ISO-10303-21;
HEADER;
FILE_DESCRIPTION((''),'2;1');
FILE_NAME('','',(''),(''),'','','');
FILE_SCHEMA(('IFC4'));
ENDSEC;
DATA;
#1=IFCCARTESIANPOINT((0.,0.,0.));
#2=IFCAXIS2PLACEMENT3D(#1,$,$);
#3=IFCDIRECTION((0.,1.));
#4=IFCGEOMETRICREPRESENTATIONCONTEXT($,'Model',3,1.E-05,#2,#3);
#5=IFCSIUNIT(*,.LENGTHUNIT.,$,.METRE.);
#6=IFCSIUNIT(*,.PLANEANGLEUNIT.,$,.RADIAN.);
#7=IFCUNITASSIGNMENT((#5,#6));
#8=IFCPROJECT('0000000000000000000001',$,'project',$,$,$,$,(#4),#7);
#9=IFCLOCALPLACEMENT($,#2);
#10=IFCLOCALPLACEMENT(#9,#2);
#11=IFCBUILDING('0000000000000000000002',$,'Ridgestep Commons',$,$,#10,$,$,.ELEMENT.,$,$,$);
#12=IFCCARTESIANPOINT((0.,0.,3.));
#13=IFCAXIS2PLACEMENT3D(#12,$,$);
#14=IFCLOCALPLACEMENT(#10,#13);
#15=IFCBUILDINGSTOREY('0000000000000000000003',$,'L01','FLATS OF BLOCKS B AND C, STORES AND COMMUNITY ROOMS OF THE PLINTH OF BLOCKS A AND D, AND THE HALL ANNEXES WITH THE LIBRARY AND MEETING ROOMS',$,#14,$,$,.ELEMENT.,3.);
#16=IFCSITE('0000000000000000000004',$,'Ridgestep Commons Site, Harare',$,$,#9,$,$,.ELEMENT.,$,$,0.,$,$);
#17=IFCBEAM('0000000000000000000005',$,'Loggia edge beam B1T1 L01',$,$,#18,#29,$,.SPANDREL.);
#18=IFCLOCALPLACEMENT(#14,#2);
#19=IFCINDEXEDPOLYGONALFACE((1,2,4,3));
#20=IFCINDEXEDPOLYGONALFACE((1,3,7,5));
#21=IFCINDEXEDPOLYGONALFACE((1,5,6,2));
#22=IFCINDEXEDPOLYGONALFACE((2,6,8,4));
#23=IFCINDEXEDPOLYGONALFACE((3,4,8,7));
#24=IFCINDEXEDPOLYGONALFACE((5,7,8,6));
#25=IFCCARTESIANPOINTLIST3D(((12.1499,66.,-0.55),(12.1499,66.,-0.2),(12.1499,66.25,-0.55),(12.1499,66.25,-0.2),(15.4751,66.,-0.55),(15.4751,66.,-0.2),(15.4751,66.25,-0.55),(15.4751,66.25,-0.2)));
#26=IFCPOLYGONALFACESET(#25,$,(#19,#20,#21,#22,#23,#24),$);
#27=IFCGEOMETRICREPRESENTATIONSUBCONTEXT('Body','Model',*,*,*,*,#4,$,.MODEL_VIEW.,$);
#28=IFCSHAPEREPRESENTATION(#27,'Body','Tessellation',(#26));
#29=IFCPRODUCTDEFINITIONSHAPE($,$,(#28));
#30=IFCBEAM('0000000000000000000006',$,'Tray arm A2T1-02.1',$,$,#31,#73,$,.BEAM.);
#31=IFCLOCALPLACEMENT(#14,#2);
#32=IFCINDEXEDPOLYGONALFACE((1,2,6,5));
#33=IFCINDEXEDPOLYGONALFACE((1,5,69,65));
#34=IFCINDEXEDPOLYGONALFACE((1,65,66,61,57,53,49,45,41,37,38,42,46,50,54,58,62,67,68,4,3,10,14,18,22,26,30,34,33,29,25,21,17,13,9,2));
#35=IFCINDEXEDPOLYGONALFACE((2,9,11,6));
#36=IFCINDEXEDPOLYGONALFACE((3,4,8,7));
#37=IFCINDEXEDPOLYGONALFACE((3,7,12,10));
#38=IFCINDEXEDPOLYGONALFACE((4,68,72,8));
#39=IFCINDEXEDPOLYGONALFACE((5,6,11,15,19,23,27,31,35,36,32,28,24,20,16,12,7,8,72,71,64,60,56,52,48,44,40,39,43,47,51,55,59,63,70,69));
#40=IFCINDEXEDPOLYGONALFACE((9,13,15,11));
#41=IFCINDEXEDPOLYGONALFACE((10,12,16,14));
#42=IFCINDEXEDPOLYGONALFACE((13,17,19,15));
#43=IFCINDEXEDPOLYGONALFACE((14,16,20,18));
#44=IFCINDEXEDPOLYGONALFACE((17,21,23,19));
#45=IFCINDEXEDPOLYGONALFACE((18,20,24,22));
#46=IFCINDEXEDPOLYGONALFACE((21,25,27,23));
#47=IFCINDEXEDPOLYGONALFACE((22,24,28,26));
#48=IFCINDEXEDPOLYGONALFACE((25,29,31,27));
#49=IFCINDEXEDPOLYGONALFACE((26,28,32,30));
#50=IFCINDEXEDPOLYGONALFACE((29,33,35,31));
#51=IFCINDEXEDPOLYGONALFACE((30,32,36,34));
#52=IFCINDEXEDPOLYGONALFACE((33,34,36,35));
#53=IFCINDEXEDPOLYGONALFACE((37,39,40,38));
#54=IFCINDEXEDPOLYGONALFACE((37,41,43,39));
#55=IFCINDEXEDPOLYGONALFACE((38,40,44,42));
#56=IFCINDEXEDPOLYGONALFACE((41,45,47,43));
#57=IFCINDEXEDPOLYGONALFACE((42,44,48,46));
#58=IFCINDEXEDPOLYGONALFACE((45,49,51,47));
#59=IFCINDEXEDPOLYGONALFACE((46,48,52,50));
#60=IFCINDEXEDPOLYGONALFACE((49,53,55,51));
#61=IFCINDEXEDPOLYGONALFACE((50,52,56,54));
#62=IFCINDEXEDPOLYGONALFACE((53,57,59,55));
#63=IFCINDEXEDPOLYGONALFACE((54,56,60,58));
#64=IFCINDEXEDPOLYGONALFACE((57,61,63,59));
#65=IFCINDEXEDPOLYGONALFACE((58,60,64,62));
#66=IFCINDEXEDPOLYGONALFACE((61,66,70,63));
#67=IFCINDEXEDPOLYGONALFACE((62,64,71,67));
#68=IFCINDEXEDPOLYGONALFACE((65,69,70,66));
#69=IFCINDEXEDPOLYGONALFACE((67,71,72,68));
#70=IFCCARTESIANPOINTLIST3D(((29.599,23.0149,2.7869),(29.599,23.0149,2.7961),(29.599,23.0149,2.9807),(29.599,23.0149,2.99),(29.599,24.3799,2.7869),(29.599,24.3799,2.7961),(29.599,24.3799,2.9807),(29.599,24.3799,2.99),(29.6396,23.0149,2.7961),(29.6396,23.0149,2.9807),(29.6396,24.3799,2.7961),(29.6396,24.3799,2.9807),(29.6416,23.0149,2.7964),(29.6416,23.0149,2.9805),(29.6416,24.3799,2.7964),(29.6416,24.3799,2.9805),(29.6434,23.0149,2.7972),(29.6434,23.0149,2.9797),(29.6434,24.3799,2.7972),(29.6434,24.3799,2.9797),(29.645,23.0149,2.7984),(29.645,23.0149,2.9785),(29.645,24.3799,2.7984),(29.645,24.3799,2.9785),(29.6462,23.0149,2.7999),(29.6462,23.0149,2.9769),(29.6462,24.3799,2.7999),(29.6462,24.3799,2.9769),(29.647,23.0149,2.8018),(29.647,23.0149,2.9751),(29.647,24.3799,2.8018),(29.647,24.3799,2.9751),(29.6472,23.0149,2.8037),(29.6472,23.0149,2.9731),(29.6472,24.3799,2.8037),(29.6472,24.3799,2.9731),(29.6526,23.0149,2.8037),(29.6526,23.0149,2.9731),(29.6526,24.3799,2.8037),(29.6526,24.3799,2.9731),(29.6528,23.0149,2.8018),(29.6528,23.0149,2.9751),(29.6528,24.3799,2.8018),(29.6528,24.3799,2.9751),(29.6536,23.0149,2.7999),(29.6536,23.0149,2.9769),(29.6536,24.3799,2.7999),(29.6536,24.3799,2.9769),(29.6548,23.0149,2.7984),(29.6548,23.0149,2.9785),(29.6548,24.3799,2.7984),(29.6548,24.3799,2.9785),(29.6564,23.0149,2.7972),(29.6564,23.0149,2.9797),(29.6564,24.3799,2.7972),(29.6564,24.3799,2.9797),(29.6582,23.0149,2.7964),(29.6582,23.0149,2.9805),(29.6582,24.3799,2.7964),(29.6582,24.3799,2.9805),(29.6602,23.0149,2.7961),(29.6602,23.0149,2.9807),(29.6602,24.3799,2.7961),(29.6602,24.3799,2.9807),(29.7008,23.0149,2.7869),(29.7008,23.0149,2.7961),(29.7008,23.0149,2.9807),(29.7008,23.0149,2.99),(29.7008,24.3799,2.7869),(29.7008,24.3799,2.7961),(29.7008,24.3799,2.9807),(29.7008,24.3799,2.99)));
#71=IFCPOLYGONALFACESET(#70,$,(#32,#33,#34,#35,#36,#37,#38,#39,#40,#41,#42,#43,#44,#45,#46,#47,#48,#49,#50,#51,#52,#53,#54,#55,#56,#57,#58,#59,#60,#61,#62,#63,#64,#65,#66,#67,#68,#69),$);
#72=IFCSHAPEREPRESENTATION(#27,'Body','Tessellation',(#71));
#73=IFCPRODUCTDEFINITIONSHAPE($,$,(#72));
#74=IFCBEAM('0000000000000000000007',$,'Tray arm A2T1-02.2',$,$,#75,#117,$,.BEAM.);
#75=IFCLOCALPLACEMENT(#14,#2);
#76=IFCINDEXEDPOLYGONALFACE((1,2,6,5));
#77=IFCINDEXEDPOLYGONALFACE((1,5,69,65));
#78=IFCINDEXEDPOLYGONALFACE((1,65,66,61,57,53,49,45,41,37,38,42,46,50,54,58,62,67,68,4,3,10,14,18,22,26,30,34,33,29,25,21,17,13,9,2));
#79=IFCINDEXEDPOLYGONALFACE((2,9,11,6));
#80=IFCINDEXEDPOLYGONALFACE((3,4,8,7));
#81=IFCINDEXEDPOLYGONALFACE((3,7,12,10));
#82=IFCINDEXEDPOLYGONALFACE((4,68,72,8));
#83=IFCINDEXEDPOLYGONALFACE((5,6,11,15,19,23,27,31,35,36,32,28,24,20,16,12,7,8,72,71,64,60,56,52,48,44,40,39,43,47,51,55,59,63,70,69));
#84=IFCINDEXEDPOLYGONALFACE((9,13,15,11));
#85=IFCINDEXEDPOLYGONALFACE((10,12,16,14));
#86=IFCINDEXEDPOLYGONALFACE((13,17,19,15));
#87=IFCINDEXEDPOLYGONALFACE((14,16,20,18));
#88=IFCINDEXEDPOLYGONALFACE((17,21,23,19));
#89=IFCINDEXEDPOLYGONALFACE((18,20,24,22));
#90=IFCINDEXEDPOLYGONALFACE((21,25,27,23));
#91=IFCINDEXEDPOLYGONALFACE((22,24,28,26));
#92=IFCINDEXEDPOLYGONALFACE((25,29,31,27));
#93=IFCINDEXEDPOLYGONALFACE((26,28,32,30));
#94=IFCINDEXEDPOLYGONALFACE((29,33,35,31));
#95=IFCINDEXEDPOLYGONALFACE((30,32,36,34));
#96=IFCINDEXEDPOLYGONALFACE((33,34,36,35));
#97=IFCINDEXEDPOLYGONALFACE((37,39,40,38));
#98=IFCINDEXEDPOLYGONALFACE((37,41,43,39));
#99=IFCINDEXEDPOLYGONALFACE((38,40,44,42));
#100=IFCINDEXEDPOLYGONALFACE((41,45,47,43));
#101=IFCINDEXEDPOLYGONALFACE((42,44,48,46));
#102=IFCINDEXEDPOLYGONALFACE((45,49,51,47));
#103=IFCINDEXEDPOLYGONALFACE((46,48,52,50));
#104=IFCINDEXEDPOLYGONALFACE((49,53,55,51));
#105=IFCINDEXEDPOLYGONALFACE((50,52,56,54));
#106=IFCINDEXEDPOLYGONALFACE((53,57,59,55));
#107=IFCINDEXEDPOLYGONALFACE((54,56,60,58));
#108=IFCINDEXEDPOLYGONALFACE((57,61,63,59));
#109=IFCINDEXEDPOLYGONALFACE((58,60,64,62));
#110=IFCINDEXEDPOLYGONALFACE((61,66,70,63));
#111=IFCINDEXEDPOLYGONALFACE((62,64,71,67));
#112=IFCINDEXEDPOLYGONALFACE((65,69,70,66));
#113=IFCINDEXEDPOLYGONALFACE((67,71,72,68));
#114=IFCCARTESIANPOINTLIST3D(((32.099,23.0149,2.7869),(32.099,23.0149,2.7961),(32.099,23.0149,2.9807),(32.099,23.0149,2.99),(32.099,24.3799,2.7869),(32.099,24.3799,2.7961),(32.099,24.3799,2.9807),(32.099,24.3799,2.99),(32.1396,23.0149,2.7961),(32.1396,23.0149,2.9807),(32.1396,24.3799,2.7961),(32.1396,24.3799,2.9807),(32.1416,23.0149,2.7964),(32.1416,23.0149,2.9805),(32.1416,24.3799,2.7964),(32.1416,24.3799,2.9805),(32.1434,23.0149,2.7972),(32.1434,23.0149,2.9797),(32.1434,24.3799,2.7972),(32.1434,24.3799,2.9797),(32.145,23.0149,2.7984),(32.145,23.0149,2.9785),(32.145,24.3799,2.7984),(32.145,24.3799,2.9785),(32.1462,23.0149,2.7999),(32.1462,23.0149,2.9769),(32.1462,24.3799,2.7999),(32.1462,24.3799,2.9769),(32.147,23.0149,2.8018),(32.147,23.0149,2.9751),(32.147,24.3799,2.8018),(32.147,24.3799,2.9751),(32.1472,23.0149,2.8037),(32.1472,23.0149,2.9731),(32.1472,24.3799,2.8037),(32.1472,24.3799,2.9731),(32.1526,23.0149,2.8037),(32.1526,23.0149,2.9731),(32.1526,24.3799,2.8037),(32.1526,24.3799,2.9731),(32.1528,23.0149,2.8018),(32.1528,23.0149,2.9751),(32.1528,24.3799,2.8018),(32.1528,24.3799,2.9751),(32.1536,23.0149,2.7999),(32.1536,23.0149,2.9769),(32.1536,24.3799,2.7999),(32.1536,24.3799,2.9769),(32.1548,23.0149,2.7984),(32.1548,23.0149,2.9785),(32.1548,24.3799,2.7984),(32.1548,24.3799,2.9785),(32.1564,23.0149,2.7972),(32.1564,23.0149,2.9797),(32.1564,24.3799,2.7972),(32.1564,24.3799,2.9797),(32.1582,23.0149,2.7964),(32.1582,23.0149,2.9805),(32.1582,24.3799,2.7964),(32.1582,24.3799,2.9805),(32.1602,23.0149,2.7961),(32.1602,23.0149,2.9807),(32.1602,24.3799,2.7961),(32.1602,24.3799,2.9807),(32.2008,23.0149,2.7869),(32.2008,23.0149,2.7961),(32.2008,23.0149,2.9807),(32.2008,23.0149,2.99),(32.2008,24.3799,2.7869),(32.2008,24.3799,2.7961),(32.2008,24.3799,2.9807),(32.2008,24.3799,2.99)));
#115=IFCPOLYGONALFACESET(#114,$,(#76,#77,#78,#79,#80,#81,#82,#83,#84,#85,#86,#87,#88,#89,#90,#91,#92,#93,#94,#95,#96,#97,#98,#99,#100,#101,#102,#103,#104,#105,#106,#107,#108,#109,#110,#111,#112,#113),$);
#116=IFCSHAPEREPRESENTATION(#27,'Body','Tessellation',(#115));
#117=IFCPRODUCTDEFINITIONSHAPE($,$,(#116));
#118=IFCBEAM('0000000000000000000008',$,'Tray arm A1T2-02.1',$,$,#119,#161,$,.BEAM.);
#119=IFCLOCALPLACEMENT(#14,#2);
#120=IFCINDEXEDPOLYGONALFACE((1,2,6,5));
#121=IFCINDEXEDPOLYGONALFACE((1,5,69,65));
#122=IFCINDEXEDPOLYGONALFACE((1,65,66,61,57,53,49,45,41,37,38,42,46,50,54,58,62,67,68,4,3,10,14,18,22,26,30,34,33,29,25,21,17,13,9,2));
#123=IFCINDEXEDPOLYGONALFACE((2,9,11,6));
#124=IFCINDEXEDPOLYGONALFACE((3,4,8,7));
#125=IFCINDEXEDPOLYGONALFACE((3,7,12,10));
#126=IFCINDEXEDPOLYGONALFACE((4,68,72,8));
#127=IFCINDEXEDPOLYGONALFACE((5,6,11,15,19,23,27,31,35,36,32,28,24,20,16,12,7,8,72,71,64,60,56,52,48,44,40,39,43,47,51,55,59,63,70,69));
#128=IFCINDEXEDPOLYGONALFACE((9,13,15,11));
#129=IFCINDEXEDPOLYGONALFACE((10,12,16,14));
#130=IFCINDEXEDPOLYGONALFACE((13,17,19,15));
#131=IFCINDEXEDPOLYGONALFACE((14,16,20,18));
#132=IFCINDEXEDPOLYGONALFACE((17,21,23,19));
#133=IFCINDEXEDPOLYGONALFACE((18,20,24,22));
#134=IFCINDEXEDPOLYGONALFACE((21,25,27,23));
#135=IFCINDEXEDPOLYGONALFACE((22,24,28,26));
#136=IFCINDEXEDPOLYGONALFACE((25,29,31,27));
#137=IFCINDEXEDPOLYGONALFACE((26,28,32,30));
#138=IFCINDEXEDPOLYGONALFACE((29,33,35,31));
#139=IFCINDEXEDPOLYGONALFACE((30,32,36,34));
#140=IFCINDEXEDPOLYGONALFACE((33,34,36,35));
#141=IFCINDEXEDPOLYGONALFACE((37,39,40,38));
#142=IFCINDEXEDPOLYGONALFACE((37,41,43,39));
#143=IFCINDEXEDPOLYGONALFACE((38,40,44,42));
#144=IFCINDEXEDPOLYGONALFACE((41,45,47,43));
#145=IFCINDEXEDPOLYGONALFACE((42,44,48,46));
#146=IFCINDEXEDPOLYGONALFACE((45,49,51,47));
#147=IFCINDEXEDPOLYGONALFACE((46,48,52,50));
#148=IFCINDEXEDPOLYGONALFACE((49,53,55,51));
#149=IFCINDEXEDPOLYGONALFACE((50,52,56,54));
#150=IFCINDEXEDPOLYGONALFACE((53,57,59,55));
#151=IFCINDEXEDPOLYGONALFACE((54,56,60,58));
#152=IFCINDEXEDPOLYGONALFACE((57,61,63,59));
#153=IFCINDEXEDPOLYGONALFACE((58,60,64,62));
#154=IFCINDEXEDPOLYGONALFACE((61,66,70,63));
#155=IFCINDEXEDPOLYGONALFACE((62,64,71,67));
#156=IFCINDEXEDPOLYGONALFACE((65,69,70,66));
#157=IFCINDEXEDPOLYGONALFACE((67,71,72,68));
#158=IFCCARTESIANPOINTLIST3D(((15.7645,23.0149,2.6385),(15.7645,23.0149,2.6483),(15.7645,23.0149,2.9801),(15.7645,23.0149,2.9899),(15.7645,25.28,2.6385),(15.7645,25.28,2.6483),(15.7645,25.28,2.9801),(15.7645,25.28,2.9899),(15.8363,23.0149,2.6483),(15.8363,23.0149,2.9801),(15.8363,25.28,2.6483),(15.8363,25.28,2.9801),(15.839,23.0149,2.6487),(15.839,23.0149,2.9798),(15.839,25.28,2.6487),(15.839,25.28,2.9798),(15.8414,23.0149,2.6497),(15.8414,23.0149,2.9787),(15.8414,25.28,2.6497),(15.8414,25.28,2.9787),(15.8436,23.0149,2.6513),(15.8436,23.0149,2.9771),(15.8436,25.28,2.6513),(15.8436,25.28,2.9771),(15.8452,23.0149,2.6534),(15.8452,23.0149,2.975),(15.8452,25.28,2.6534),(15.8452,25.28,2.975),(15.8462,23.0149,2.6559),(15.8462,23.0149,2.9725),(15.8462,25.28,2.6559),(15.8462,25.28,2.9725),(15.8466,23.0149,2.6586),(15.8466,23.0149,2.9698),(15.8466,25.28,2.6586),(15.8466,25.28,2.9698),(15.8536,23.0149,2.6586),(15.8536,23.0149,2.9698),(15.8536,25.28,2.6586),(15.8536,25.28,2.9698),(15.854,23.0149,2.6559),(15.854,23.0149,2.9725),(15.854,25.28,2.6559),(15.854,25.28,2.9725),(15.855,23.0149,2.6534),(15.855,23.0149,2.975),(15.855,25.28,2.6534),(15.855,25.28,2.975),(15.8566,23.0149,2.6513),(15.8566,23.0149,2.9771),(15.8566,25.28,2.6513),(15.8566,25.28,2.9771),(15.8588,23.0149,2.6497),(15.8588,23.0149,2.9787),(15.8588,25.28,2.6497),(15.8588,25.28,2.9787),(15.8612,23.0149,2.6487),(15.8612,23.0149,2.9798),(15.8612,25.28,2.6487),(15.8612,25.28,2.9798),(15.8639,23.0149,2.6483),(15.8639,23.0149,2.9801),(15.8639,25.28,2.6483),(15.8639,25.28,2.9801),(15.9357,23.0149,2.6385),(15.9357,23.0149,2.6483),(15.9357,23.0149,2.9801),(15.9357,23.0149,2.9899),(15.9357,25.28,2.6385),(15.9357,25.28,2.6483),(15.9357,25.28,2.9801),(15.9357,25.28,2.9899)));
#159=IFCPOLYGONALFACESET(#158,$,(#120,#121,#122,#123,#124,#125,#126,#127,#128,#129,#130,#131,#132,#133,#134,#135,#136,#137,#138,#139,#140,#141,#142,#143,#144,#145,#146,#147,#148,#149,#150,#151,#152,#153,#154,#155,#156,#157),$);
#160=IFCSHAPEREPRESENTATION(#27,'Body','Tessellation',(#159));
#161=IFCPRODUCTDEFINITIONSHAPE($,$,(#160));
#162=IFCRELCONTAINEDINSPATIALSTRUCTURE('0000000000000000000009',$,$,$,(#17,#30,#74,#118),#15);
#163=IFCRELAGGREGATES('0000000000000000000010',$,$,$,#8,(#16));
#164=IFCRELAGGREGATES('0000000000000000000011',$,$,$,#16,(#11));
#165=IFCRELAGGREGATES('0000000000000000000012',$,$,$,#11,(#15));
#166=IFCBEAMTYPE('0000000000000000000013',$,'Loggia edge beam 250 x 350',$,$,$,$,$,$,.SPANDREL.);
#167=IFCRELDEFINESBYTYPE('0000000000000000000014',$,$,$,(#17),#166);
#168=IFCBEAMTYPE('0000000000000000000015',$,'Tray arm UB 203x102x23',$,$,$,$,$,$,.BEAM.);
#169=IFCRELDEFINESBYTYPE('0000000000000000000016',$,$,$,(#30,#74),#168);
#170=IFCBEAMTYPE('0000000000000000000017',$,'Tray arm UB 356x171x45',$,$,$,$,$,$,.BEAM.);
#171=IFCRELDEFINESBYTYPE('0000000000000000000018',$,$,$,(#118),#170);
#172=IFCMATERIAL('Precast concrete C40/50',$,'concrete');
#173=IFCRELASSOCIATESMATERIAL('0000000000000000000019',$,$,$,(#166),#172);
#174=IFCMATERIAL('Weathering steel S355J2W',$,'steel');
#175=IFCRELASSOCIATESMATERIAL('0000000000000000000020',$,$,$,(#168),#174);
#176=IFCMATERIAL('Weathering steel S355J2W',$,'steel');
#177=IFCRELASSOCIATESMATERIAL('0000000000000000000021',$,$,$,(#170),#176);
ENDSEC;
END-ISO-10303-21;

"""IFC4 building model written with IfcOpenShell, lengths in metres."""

from ifc_helpers import new_model, si_unit, direction, frame, origin, origin_2d, place, context, subcontext, project, spatial, rectangle, i_section, extrude, material, material_profile, profile_set, type_object, element, save


model = new_model("IFC4")

# Units and contexts
model_context = context("Model", 3, precision=1e-05, world=origin(), true_north=direction((0.0, 1.0)))
body_context = subcontext(model_context, "Body", "Model", "MODEL_VIEW")
ifc_project = project(units=[si_unit("LENGTHUNIT", "METRE"), si_unit("PLANEANGLEUNIT", "RADIAN")], contexts=[model_context])

# Site, building, storey
site_placement = place(None, origin())
site = spatial("IfcSite", under=ifc_project, at=site_placement, Name="Ridgestep Commons Site, Harare", CompositionType="ELEMENT", RefElevation=0.0)
building_placement = place(site_placement, origin())
building = spatial("IfcBuilding", under=site, at=building_placement, Name="Ridgestep Commons", CompositionType="ELEMENT")
storey_placement = place(building_placement, frame((0.0, 0.0, 3.0)))
storey = spatial("IfcBuildingStorey", under=building, at=storey_placement, Name="L01", Description="FLATS OF BLOCKS B AND C, STORES AND COMMUNITY ROOMS OF THE PLINTH OF BLOCKS A AND D, AND THE HALL ANNEXES WITH THE LIBRARY AND MEETING ROOMS", CompositionType="ELEMENT", Elevation=3.0)

# Beams
ifc_material_1 = material(Name="Precast concrete C40/50", Category="concrete")
ifc_material_profile_1 = material_profile(ifc_material_1, rectangle(XDim=0.25, YDim=0.3501, at=origin_2d()), Name="PC 250x350")
ifc_profile_set_1 = profile_set([ifc_material_profile_1], Name="Precast concrete C40/50")
beam_type_1 = type_object("IfcBeamType", Name="Loggia edge beam 250 x 350", PredefinedType="SPANDREL", material=ifc_profile_set_1)
beam_placement = place(storey_placement, frame((12.1499, 66.125, -0.375), z_axis=(1.0, 0.0, 0.0), x_axis=(0.0, 1.0, 0.0)))
element("IfcBeam", 1, at=beam_placement, inside=storey, type_object=beam_type_1, Name="Loggia edge beam B1T1 L01", PredefinedType="SPANDREL", context=body_context, shape_type="SweptSolid", body=[
    extrude(rectangle(XDim=0.25, YDim=0.3501, at=origin_2d()), origin(), (0.0, 0.0, 1.0), 3.3252),
])
ifc_material_2 = material(Name="Weathering steel S355J2W", Category="steel")
ifc_material_profile_2 = material_profile(ifc_material_2, i_section(OverallWidth=0.1018, OverallDepth=0.2031, WebThickness=0.0054, FlangeThickness=0.0093, FilletRadius=0.0076, at=origin_2d()), Name="UB 203x102x23")
ifc_profile_set_2 = profile_set([ifc_material_profile_2], Name="Weathering steel S355J2W")
beam_type_2 = type_object("IfcBeamType", Name="Tray arm UB 203x102x23", PredefinedType="BEAM", material=ifc_profile_set_2)
for number, where, z_axis, x_axis, name in (
    (2, (29.6499, 23.0149, 2.8884), (0.0, 1.0, 0.0), (-1.0, 0.0, 0.0), "Tray arm A2T1-02.1"),
    (3, (32.1499, 23.0149, 2.8884), (0.0, 1.0, 0.0), (-1.0, 0.0, 0.0), "Tray arm A2T1-02.2"),
):
    element("IfcBeam", number, at=place(storey_placement, frame(where, z_axis=z_axis, x_axis=x_axis)), inside=storey, type_object=beam_type_2, Name=name, PredefinedType="BEAM", context=body_context, shape_type="SweptSolid", body=[
        extrude(i_section(OverallWidth=0.1018, OverallDepth=0.2031, WebThickness=0.0054, FlangeThickness=0.0093, FilletRadius=0.0076, at=origin_2d()), origin(), (0.0, 0.0, 1.0), 1.365),
    ])
ifc_material_3 = material(Name="Weathering steel S355J2W", Category="steel")
ifc_material_profile_3 = material_profile(ifc_material_3, i_section(OverallWidth=0.1711, OverallDepth=0.3513, WebThickness=0.0071, FlangeThickness=0.0098, FilletRadius=0.0103, at=origin_2d()), Name="UB 356x171x45")
ifc_profile_set_3 = profile_set([ifc_material_profile_3], Name="Weathering steel S355J2W")
beam_type_3 = type_object("IfcBeamType", Name="Tray arm UB 356x171x45", PredefinedType="BEAM", material=ifc_profile_set_3)
for number, where, z_axis, x_axis, name in (
    (4, (15.8501, 23.0149, 2.8142), (0.0, 1.0, 0.0), (-1.0, 0.0, 0.0), "Tray arm A1T2-02.1"),
):
    element("IfcBeam", number, at=place(storey_placement, frame(where, z_axis=z_axis, x_axis=x_axis)), inside=storey, type_object=beam_type_3, Name=name, PredefinedType="BEAM", context=body_context, shape_type="SweptSolid", body=[
        extrude(i_section(OverallWidth=0.1711, OverallDepth=0.3513, WebThickness=0.0071, FlangeThickness=0.0098, FilletRadius=0.0103, at=origin_2d()), origin(), (0.0, 0.0, 1.0), 2.2651),
    ])

save(model, "model.ifc")
